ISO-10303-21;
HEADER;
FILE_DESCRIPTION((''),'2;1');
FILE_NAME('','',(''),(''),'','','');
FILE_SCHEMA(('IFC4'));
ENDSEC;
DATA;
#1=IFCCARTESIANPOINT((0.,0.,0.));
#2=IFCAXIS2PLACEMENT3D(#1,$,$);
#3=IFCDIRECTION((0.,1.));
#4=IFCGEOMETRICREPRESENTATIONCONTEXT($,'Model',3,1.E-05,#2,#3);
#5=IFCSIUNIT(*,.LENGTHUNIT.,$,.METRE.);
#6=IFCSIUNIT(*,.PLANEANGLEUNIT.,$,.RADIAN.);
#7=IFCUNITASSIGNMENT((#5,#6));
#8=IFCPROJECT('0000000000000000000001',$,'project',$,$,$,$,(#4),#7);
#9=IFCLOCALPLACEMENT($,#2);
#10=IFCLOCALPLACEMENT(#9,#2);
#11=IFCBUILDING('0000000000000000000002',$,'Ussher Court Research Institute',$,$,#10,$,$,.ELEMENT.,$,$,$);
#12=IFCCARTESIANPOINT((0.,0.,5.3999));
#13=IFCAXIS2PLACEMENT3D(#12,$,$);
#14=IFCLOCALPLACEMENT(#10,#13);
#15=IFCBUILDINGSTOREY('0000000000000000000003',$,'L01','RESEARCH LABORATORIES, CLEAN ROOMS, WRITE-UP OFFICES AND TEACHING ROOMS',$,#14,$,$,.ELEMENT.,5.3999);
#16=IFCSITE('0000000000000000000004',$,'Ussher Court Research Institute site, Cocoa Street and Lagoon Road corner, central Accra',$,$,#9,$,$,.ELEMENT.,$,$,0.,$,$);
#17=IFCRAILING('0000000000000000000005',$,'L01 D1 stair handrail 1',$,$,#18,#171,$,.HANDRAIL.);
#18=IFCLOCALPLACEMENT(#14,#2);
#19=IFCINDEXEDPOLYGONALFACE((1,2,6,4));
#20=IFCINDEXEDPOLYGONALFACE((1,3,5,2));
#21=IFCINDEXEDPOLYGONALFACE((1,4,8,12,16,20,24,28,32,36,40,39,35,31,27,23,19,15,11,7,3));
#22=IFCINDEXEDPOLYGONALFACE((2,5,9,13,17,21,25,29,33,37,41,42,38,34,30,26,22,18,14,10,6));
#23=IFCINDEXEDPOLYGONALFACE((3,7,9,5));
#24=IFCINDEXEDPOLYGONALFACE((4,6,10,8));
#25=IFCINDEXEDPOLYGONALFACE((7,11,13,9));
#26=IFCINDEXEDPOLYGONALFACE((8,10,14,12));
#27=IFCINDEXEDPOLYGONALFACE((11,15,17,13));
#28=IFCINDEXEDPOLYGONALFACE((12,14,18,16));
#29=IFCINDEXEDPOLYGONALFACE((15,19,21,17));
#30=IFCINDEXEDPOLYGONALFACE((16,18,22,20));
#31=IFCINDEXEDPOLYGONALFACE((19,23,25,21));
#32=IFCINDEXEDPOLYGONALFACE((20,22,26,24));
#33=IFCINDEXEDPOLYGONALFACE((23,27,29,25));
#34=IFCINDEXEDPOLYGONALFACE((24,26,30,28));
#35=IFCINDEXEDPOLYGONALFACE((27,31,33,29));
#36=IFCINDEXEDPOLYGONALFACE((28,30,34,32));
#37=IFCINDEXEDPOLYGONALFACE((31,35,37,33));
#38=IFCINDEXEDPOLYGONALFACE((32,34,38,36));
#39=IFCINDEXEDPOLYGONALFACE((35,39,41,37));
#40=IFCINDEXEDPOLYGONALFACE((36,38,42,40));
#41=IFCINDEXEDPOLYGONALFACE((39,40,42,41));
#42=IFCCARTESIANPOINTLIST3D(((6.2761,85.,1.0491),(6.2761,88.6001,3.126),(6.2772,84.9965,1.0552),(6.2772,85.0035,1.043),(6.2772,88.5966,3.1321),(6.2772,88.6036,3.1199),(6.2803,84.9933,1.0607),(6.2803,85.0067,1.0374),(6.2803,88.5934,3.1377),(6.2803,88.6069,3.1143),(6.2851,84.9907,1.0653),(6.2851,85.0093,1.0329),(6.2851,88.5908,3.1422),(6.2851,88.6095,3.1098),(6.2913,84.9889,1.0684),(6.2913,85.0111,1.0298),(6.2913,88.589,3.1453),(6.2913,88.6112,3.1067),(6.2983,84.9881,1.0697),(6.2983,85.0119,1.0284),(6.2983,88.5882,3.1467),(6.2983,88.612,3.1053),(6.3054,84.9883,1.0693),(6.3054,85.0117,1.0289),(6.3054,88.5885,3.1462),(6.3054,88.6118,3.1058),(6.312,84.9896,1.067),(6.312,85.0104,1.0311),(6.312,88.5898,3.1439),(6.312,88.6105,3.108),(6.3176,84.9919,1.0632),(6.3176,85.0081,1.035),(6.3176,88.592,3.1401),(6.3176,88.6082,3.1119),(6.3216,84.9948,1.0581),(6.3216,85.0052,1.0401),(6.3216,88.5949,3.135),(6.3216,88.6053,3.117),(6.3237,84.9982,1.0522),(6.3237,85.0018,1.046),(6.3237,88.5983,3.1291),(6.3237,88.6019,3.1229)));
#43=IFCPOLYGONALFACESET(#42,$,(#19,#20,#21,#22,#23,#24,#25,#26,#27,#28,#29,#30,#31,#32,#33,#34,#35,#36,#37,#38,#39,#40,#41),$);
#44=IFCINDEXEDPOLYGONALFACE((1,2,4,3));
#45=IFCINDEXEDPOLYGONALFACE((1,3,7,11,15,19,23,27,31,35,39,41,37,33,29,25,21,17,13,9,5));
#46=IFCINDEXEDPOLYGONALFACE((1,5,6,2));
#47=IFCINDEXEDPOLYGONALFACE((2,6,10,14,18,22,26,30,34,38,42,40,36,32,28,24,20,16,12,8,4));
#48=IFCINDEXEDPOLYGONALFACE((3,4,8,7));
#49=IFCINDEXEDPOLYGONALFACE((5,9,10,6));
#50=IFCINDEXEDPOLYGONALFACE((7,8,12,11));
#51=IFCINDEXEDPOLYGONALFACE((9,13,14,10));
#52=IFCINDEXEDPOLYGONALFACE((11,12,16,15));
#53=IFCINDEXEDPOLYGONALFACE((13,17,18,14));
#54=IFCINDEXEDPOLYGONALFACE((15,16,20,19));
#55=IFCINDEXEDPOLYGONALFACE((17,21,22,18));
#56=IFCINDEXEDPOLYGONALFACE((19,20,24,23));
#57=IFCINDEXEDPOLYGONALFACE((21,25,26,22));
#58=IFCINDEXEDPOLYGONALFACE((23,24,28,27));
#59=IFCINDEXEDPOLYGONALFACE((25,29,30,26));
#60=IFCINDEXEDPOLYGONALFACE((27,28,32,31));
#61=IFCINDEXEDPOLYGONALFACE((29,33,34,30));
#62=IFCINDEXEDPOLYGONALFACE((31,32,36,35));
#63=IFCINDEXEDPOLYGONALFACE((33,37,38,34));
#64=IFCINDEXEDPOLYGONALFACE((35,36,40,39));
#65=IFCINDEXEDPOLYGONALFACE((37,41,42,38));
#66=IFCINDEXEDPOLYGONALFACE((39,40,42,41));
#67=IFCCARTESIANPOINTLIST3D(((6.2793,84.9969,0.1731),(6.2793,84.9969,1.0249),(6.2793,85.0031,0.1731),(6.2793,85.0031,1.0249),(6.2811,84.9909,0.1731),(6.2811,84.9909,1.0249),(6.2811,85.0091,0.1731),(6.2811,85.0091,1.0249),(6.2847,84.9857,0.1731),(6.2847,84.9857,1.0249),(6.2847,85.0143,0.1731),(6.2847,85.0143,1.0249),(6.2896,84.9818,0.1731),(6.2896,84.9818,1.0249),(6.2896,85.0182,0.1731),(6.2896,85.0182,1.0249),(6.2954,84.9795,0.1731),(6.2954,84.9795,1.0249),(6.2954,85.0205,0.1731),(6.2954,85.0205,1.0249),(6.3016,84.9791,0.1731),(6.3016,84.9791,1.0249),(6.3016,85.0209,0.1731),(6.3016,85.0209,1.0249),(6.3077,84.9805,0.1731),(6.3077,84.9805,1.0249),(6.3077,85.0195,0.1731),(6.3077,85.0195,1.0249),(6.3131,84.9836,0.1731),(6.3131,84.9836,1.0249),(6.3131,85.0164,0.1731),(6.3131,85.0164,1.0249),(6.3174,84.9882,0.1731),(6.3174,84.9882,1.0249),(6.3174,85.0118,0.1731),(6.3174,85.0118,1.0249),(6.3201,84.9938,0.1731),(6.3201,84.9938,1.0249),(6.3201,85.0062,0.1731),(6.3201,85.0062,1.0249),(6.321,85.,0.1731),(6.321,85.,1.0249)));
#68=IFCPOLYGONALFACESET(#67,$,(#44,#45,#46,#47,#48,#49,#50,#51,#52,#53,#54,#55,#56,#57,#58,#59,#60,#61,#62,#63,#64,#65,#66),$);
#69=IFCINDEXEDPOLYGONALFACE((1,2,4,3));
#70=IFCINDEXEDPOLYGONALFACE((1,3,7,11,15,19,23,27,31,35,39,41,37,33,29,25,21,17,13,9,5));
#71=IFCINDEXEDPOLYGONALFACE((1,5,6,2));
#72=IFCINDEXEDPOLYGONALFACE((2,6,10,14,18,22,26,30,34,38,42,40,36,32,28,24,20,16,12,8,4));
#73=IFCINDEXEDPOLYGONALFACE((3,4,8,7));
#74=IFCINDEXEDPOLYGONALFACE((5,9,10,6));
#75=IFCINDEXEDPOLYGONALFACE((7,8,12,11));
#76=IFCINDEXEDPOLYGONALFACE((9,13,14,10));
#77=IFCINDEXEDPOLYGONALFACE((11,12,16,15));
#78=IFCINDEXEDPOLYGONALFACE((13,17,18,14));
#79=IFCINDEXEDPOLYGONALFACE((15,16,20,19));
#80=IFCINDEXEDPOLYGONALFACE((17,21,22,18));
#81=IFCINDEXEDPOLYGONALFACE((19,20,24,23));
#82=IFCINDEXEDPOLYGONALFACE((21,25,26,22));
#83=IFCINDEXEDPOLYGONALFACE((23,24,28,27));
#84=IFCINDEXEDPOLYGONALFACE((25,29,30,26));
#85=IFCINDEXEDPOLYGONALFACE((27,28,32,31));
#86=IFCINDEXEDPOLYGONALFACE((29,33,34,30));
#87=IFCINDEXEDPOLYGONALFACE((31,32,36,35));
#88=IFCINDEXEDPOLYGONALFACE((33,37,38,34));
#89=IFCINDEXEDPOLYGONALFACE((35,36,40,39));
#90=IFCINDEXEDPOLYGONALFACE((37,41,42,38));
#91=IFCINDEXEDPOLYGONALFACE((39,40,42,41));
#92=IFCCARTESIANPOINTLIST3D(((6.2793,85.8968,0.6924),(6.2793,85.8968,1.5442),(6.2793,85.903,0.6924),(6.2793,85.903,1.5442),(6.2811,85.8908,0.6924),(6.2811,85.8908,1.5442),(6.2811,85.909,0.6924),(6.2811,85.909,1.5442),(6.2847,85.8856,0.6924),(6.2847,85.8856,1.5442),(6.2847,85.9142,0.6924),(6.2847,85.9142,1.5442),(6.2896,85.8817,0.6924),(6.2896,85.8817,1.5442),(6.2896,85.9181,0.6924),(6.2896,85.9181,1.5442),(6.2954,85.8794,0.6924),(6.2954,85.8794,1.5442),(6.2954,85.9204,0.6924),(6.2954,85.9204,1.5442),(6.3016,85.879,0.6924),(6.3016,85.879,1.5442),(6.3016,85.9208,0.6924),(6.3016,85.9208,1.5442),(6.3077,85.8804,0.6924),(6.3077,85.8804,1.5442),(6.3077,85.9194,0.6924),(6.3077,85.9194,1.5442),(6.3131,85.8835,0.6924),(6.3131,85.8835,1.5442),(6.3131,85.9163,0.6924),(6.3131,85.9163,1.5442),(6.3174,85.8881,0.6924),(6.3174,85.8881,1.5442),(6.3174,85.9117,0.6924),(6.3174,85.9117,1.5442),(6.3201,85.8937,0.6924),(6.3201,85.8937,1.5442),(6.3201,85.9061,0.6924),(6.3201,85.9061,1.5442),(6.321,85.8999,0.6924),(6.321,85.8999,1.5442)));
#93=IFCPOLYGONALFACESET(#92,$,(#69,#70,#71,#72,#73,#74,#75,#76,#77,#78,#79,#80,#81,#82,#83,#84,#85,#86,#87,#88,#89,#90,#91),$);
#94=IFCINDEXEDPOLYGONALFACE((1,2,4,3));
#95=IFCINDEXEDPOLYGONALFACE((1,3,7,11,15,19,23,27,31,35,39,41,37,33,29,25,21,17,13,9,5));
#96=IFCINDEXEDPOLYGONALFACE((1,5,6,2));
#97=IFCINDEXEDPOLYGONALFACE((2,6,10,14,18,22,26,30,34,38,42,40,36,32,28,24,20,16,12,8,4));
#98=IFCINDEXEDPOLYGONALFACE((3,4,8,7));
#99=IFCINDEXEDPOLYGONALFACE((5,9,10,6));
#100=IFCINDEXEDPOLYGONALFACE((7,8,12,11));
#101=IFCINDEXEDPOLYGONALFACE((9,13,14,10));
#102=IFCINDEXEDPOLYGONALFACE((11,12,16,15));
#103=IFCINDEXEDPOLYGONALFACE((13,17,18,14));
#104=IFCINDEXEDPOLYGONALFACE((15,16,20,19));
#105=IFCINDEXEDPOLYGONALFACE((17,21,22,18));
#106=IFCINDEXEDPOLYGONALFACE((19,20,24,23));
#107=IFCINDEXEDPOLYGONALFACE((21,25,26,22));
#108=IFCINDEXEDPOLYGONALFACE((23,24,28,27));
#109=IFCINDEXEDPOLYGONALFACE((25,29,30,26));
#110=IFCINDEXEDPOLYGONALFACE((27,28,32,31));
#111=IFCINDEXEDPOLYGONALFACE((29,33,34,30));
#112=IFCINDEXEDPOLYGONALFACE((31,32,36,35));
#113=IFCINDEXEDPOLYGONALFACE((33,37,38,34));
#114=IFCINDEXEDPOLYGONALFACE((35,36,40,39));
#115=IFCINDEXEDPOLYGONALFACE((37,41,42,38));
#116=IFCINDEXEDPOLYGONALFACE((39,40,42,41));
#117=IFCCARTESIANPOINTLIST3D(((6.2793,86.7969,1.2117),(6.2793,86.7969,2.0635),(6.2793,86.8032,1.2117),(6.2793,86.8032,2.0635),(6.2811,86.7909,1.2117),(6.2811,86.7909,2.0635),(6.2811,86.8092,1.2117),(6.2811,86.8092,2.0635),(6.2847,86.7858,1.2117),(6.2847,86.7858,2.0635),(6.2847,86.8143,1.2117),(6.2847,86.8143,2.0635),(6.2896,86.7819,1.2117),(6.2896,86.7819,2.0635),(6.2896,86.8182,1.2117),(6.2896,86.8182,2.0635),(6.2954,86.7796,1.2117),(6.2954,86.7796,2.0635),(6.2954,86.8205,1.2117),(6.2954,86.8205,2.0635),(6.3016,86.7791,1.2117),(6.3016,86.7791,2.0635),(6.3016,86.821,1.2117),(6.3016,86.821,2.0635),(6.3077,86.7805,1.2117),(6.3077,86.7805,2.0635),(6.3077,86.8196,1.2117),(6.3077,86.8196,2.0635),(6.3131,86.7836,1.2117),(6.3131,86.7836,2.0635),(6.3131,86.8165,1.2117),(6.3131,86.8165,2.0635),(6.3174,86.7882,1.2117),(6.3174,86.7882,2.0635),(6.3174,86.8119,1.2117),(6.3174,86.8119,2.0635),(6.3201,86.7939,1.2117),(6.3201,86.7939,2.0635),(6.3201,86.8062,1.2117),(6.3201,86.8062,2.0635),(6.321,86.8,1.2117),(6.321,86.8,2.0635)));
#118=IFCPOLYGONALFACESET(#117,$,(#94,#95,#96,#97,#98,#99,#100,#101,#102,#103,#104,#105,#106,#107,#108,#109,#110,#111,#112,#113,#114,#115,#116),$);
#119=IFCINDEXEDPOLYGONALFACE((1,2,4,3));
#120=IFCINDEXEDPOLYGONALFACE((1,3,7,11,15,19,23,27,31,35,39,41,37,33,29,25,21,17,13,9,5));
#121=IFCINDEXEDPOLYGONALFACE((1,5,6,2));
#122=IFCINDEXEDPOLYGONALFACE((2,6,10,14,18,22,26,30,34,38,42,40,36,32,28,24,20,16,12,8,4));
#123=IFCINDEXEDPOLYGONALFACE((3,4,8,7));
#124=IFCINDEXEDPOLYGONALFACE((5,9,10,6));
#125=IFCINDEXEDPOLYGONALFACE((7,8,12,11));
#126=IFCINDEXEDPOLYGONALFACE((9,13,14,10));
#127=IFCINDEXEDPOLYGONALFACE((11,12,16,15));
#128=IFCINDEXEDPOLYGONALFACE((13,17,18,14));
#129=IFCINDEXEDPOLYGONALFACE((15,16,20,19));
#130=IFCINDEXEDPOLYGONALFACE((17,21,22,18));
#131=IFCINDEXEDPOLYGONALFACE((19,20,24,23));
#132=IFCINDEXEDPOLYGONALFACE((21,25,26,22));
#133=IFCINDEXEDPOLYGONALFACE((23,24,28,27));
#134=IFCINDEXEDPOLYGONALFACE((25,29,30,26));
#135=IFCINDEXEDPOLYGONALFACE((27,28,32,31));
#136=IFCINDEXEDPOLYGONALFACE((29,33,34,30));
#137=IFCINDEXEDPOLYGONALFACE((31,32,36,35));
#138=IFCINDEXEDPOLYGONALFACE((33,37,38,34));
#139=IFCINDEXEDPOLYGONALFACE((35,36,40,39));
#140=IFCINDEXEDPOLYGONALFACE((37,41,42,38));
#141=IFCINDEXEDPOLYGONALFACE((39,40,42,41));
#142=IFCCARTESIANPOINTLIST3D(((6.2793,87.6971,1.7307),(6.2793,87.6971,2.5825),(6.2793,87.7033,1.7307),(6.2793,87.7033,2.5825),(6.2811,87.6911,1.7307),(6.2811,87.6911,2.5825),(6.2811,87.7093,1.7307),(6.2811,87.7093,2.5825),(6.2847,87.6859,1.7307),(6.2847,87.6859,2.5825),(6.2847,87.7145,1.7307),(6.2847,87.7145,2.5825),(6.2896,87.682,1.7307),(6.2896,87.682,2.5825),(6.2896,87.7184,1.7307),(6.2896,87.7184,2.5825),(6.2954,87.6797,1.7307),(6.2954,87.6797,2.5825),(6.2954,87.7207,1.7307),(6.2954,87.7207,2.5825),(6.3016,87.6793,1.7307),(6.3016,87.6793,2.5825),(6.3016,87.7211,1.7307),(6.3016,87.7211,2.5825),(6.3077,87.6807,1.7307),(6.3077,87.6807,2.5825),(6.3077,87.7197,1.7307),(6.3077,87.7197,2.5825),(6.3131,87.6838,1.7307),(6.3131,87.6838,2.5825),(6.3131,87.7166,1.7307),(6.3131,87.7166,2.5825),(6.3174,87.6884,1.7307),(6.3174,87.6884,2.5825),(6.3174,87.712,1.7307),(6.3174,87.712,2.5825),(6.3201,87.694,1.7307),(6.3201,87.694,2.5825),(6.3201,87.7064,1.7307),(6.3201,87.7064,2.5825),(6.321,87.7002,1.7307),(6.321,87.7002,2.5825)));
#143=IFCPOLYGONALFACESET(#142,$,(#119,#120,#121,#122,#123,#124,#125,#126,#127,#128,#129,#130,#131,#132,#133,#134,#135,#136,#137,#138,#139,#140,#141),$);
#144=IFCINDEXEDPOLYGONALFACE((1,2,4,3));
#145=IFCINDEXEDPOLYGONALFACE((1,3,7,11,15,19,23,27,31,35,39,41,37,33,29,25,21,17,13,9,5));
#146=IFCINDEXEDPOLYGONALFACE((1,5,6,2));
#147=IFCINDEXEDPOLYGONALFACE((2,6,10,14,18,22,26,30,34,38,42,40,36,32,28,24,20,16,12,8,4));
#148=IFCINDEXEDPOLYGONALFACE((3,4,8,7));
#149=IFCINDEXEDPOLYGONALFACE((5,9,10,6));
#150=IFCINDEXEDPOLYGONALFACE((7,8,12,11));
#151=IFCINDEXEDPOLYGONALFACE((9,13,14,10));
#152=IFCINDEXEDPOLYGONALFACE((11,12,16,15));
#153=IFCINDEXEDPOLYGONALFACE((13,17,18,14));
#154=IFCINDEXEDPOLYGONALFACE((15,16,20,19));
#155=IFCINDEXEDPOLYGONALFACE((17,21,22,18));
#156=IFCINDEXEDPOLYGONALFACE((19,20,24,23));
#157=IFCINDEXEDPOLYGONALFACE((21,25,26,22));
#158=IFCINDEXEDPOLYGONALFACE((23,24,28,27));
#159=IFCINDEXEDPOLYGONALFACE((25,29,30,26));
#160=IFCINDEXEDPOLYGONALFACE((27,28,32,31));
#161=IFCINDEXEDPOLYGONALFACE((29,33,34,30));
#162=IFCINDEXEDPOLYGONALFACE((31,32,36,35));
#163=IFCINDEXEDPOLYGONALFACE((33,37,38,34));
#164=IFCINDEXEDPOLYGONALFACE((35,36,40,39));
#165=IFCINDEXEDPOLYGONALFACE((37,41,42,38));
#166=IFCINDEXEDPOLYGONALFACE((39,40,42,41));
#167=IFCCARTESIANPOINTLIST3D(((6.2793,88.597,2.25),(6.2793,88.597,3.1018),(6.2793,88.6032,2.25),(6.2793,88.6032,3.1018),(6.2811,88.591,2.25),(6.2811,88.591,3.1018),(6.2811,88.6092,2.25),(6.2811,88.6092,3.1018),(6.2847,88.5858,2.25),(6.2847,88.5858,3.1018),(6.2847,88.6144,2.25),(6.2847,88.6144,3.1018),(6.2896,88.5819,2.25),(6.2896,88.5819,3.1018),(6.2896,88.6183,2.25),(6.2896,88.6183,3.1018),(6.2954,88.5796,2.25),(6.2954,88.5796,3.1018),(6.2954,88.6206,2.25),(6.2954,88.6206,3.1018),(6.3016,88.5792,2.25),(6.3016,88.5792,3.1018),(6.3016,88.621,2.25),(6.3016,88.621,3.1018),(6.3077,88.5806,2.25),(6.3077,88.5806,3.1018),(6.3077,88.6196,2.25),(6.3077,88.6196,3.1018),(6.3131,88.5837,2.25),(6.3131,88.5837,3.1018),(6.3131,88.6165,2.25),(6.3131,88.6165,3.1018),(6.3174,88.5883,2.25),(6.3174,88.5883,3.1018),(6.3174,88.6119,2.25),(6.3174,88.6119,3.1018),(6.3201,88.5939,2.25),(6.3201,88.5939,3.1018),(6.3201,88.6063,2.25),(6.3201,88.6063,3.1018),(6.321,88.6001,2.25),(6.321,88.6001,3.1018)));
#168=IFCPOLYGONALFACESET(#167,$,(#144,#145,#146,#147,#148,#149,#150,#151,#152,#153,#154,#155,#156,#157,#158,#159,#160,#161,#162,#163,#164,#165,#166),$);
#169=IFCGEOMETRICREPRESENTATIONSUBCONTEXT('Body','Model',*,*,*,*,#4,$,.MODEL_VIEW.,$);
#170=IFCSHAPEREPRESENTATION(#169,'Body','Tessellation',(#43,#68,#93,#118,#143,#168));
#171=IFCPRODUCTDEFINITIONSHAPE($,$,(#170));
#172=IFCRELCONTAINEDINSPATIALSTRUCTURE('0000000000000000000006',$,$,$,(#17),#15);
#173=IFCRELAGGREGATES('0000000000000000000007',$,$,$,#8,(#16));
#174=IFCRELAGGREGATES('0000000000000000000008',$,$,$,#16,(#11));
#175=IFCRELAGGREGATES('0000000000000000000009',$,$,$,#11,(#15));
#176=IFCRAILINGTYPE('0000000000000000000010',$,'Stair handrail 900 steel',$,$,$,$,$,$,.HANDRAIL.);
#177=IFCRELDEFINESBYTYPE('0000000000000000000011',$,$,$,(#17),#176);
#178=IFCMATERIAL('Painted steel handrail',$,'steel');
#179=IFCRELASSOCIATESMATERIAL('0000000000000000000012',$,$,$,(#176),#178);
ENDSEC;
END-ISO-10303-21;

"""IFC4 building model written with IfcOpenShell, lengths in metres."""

from ifc_helpers import new_model, si_unit, direction, frame, origin, origin_2d, place, context, subcontext, project, spatial, circle, extrude, material, type_object, element, save


model = new_model("IFC4")

# Units and contexts
model_context = context("Model", 3, precision=1e-05, world=origin(), true_north=direction((0.0, 1.0)))
body_context = subcontext(model_context, "Body", "Model", "MODEL_VIEW")
ifc_project = project(units=[si_unit("LENGTHUNIT", "METRE"), si_unit("PLANEANGLEUNIT", "RADIAN")], contexts=[model_context])

# Site, building, storey
site_placement = place(None, origin())
site = spatial("IfcSite", under=ifc_project, at=site_placement, Name="Ussher Court Research Institute site, Cocoa Street and Lagoon Road corner, central Accra", CompositionType="ELEMENT", RefElevation=0.0)
building_placement = place(site_placement, origin())
building = spatial("IfcBuilding", under=site, at=building_placement, Name="Ussher Court Research Institute", CompositionType="ELEMENT")
storey_placement = place(building_placement, frame((0.0, 0.0, 5.3999)))
storey = spatial("IfcBuildingStorey", under=building, at=storey_placement, Name="L01", Description="RESEARCH LABORATORIES, CLEAN ROOMS, WRITE-UP OFFICES AND TEACHING ROOMS", CompositionType="ELEMENT", Elevation=5.3999)

# Railing
ifc_material_1 = material(Name="Painted steel handrail", Category="steel")
railing_type_1 = type_object("IfcRailingType", Name="Stair handrail 900 steel", PredefinedType="HANDRAIL", material=ifc_material_1)
railing_1_placement = place(storey_placement, frame((6.3, 85.0, 0.1731)))
element("IfcRailing", 1, at=railing_1_placement, inside=storey, type_object=railing_type_1, Name="L01 D1 stair handrail 1", PredefinedType="HANDRAIL", context=body_context, shape_type="SweptSolid", body=[
    extrude(circle(Radius=0.0239, at=origin_2d()), frame((0.0, 0.0, 0.876), z_axis=(0.0, 0.866193, 0.499709), x_axis=(-1.0, 0.0, 0.0)), (0.0, 0.0, 1.0), 4.1562),
    extrude(circle(Radius=0.021, at=origin_2d()), origin(), (0.0, 0.0, 1.0), 0.8518),
    extrude(circle(Radius=0.021, at=origin_2d()), frame((0.0, 0.8999, 0.5193)), (0.0, 0.0, 1.0), 0.8518),
    extrude(circle(Radius=0.021, at=origin_2d()), frame((0.0, 1.8, 1.0386)), (0.0, 0.0, 1.0), 0.8518),
    extrude(circle(Radius=0.021, at=origin_2d()), frame((0.0, 2.7002, 1.5576)), (0.0, 0.0, 1.0), 0.8518),
    extrude(circle(Radius=0.021, at=origin_2d()), frame((0.0, 3.6001, 2.0769)), (0.0, 0.0, 1.0), 0.8518),
])

save(model, "model.ifc")
